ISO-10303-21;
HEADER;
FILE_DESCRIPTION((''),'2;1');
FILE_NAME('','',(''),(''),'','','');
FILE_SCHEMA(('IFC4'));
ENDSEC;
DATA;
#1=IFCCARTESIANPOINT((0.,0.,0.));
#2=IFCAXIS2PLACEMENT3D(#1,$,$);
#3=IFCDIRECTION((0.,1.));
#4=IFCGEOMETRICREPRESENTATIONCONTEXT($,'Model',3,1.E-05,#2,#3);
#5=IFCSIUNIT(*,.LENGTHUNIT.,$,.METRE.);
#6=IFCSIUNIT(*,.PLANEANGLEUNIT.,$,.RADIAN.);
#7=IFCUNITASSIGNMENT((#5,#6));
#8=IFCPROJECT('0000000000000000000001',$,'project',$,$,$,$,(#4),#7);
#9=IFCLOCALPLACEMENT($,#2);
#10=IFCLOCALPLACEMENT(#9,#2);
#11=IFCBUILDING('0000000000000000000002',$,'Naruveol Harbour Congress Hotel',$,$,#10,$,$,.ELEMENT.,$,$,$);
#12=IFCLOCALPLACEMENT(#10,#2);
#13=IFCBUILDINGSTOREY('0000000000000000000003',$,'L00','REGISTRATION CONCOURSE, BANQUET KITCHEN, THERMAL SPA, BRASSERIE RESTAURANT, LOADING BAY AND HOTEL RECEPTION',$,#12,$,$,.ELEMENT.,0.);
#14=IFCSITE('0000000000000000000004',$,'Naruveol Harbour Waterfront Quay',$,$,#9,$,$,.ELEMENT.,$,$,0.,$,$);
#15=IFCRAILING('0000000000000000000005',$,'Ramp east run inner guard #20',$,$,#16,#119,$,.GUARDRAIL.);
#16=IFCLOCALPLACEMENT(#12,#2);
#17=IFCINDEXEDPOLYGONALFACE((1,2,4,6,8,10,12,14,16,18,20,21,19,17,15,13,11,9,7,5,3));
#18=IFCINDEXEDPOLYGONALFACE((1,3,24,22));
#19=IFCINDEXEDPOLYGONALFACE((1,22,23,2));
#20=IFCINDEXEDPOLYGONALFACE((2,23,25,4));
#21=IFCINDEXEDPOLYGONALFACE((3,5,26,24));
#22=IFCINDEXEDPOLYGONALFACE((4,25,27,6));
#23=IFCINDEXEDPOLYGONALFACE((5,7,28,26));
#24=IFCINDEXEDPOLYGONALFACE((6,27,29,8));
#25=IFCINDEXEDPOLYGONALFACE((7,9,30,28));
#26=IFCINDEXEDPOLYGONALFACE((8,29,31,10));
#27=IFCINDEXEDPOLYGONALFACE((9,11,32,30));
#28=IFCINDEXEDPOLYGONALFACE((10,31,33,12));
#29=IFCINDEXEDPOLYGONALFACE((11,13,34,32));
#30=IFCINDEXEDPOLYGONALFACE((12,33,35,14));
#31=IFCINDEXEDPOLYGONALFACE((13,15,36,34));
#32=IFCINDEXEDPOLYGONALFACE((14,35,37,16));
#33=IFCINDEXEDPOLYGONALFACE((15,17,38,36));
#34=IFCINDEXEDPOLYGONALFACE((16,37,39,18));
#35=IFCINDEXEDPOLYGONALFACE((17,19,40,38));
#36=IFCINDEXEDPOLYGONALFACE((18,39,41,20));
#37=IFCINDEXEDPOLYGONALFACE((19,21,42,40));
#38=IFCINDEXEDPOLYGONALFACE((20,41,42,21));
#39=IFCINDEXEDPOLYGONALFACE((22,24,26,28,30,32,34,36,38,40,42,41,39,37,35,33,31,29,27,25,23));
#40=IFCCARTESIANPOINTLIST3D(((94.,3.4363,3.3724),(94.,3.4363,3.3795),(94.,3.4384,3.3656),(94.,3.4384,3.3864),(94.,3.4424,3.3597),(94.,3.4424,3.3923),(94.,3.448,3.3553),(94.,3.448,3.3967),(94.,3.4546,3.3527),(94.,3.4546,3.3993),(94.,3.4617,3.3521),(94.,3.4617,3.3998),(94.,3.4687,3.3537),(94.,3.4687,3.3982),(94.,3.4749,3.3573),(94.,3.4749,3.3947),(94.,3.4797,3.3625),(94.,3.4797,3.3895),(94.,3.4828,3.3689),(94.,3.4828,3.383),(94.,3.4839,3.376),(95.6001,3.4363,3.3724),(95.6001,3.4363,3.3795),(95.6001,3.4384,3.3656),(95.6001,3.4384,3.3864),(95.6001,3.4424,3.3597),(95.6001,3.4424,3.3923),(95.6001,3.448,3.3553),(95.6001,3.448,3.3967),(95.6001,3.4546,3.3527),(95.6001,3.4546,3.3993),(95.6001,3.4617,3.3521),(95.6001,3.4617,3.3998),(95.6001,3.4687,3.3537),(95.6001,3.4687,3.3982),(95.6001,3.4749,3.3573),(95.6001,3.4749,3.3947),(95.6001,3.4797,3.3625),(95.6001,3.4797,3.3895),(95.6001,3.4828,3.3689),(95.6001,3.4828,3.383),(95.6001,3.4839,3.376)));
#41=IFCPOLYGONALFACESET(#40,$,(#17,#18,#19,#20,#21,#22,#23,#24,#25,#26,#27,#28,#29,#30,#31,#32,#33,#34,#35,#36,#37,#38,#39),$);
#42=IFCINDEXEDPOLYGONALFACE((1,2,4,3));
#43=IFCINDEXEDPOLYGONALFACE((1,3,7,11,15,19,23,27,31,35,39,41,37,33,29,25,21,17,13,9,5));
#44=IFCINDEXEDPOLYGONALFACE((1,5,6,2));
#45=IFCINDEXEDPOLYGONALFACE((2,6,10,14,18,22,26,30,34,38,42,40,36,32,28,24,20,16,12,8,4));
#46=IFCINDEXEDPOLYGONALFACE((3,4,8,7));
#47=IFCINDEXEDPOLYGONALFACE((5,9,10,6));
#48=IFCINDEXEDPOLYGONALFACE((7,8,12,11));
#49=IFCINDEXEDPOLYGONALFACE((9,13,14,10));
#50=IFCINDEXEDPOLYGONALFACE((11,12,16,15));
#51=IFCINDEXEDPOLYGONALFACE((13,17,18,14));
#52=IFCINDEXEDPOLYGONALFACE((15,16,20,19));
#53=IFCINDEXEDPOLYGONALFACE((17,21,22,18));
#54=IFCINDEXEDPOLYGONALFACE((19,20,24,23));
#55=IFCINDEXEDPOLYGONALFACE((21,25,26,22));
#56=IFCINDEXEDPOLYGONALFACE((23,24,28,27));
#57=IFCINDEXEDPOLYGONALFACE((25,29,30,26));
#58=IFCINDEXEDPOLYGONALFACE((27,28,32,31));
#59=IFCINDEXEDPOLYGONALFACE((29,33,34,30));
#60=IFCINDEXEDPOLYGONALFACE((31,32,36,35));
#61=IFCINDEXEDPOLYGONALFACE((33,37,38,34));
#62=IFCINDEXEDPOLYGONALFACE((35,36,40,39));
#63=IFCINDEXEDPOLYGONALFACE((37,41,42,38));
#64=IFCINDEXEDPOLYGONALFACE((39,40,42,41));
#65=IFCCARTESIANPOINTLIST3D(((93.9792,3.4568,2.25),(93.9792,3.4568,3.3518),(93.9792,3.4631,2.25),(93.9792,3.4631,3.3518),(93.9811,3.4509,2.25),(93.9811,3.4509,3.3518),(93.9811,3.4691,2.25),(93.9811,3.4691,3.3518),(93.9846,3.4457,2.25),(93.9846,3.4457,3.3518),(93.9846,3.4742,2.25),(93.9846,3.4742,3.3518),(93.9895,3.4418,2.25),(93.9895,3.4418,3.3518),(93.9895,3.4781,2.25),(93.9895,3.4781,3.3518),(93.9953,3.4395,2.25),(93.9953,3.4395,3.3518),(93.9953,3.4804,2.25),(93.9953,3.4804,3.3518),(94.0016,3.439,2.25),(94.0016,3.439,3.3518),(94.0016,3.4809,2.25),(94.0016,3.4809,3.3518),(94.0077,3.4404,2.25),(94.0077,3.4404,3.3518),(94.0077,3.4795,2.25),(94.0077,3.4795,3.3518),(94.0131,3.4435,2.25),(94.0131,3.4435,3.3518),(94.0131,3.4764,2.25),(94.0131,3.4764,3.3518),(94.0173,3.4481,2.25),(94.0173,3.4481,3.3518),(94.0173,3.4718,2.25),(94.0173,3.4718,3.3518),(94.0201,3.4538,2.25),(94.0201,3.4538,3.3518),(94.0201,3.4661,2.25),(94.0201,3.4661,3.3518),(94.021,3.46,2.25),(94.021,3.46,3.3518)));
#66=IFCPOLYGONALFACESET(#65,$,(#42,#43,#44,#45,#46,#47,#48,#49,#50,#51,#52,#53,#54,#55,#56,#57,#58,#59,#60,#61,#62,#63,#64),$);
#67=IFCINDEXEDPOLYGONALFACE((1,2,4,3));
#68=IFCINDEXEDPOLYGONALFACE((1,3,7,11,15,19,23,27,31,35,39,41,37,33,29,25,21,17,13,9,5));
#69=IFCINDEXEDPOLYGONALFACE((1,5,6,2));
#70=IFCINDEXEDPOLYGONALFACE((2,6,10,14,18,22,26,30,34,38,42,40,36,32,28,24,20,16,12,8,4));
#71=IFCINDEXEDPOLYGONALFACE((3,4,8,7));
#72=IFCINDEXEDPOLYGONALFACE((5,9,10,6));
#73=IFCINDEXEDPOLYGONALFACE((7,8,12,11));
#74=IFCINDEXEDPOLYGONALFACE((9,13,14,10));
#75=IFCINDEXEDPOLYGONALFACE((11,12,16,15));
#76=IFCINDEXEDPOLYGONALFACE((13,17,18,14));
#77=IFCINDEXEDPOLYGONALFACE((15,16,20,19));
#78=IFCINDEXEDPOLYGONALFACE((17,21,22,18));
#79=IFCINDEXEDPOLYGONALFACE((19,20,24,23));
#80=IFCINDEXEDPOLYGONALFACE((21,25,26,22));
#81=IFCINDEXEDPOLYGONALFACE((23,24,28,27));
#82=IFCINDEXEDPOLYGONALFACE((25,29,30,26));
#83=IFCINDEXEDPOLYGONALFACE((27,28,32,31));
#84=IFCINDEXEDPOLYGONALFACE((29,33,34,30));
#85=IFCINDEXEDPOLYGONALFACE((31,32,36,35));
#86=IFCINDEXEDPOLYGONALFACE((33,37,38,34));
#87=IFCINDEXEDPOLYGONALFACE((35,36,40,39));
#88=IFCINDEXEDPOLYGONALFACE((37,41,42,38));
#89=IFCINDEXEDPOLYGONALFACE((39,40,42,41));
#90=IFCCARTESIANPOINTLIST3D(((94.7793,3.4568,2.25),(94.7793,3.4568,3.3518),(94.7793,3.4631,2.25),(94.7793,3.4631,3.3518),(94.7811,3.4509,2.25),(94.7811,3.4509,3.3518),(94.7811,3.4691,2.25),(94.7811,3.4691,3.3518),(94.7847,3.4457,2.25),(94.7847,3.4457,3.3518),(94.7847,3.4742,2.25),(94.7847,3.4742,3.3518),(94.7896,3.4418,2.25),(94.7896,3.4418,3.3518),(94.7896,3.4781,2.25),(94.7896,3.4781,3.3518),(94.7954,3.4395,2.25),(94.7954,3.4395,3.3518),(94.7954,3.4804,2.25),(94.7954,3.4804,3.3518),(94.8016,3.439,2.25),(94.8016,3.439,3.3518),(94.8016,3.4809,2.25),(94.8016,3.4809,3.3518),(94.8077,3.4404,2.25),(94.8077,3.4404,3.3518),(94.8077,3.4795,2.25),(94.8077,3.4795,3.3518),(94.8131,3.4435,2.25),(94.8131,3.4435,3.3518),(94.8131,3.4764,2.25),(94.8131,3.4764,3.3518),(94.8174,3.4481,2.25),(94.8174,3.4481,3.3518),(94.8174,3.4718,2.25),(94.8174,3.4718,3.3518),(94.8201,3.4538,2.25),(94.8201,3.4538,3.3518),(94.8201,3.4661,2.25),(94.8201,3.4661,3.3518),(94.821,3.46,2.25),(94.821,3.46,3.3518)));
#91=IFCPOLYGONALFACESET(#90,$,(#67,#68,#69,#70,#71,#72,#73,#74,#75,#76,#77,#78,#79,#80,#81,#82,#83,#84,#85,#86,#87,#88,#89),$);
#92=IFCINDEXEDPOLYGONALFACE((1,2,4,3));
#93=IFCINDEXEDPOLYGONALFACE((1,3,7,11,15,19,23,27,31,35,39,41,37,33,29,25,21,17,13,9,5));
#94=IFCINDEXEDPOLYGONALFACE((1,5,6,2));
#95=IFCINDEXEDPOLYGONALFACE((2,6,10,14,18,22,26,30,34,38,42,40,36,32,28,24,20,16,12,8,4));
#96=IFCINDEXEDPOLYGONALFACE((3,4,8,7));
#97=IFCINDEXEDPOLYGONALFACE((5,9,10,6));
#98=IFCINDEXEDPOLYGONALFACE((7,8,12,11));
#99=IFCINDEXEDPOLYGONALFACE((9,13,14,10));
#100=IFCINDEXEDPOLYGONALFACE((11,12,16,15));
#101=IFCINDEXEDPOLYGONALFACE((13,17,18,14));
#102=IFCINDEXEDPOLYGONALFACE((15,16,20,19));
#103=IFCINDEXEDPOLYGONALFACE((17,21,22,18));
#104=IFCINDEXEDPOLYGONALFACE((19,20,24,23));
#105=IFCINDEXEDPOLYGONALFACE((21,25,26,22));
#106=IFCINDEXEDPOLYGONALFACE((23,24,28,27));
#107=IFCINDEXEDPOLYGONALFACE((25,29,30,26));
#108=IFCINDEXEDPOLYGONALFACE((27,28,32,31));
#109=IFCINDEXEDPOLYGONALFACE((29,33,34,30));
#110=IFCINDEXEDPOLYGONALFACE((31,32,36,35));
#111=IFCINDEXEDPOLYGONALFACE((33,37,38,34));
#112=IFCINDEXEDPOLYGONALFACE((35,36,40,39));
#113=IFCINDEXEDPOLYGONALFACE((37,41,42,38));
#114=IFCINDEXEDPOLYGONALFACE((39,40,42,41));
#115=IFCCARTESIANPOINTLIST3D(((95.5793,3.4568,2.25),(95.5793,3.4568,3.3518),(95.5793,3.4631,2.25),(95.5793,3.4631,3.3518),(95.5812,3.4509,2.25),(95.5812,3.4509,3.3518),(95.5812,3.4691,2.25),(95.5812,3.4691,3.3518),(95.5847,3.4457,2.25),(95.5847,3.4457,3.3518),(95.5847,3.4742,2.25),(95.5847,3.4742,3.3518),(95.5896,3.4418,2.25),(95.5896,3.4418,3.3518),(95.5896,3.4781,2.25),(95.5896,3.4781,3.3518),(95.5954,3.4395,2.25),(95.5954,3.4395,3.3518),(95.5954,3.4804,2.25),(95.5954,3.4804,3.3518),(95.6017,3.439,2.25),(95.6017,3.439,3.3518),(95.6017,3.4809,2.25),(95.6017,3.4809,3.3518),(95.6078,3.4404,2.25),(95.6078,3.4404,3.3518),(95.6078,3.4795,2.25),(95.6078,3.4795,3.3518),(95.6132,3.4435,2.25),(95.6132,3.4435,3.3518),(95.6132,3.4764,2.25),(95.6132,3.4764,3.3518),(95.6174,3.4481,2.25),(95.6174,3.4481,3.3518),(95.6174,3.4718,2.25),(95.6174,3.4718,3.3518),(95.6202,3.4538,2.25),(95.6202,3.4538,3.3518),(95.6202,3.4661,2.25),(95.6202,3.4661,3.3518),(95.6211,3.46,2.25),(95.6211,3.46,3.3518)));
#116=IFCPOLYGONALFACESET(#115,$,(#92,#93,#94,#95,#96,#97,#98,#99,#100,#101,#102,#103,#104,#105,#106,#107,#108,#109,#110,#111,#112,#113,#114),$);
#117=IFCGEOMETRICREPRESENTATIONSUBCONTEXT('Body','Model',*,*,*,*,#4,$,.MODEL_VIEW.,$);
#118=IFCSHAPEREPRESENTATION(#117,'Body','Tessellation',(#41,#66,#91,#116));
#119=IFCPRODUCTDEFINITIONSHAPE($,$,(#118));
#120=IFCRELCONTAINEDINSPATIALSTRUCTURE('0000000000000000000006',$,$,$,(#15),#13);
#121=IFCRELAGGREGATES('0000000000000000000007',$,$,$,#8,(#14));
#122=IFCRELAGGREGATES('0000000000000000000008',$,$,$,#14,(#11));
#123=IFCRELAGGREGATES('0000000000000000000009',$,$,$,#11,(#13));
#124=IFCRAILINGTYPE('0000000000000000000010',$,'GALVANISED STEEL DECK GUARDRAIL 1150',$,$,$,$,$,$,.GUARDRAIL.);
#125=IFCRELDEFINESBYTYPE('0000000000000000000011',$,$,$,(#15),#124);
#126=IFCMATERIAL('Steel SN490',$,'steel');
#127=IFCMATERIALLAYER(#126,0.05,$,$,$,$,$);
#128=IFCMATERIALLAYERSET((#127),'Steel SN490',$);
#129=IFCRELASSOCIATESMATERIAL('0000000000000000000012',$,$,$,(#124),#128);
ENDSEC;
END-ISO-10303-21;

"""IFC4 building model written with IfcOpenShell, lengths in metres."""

from ifc_helpers import new_model, si_unit, direction, frame, origin, origin_2d, place, context, subcontext, project, spatial, circle, extrude, material, layer, layer_set, type_object, element, save


model = new_model("IFC4")

# Units and contexts
model_context = context("Model", 3, precision=1e-05, world=origin(), true_north=direction((0.0, 1.0)))
body_context = subcontext(model_context, "Body", "Model", "MODEL_VIEW")
ifc_project = project(units=[si_unit("LENGTHUNIT", "METRE"), si_unit("PLANEANGLEUNIT", "RADIAN")], contexts=[model_context])

# Site, building, storey
site_placement = place(None, origin())
site = spatial("IfcSite", under=ifc_project, at=site_placement, Name="Naruveol Harbour Waterfront Quay", CompositionType="ELEMENT", RefElevation=0.0)
building_placement = place(site_placement, origin())
building = spatial("IfcBuilding", under=site, at=building_placement, Name="Naruveol Harbour Congress Hotel", CompositionType="ELEMENT")
storey_placement = place(building_placement, origin())
storey = spatial("IfcBuildingStorey", under=building, at=storey_placement, Name="L00", Description="REGISTRATION CONCOURSE, BANQUET KITCHEN, THERMAL SPA, BRASSERIE RESTAURANT, LOADING BAY AND HOTEL RECEPTION", CompositionType="ELEMENT", Elevation=0.0)

# Railing
ifc_material_1 = material(Name="Steel SN490", Category="steel")
ifc_layer_1 = layer(ifc_material_1, 0.05)
ifc_layer_set_1 = layer_set([ifc_layer_1], Name="Steel SN490")
railing_type = type_object("IfcRailingType", Name="GALVANISED STEEL DECK GUARDRAIL 1150", PredefinedType="GUARDRAIL", material=ifc_layer_set_1)
railing_1_placement = place(storey_placement, frame((94.0, 3.46, 2.25)))
element("IfcRailing", 1, at=railing_1_placement, inside=storey, type_object=railing_type, Name="Ramp east run inner guard #20", PredefinedType="GUARDRAIL", context=body_context, shape_type="SweptSolid", body=[
    extrude(circle(Radius=0.0239, at=origin_2d()), frame((0.0, 0.0, 1.126), z_axis=(1.0, 0.0, 0.0), x_axis=(0.0, 1.0, 0.0)), (0.0, 0.0, 1.0), 1.6001),
    extrude(circle(Radius=0.021, at=origin_2d()), origin(), (0.0, 0.0, 1.0), 1.1018),
    extrude(circle(Radius=0.021, at=origin_2d()), frame((0.8, 0.0, 0.0)), (0.0, 0.0, 1.0), 1.1018),
    extrude(circle(Radius=0.021, at=origin_2d()), frame((1.6001, 0.0, 0.0)), (0.0, 0.0, 1.0), 1.1018),
])

save(model, "model.ifc")
